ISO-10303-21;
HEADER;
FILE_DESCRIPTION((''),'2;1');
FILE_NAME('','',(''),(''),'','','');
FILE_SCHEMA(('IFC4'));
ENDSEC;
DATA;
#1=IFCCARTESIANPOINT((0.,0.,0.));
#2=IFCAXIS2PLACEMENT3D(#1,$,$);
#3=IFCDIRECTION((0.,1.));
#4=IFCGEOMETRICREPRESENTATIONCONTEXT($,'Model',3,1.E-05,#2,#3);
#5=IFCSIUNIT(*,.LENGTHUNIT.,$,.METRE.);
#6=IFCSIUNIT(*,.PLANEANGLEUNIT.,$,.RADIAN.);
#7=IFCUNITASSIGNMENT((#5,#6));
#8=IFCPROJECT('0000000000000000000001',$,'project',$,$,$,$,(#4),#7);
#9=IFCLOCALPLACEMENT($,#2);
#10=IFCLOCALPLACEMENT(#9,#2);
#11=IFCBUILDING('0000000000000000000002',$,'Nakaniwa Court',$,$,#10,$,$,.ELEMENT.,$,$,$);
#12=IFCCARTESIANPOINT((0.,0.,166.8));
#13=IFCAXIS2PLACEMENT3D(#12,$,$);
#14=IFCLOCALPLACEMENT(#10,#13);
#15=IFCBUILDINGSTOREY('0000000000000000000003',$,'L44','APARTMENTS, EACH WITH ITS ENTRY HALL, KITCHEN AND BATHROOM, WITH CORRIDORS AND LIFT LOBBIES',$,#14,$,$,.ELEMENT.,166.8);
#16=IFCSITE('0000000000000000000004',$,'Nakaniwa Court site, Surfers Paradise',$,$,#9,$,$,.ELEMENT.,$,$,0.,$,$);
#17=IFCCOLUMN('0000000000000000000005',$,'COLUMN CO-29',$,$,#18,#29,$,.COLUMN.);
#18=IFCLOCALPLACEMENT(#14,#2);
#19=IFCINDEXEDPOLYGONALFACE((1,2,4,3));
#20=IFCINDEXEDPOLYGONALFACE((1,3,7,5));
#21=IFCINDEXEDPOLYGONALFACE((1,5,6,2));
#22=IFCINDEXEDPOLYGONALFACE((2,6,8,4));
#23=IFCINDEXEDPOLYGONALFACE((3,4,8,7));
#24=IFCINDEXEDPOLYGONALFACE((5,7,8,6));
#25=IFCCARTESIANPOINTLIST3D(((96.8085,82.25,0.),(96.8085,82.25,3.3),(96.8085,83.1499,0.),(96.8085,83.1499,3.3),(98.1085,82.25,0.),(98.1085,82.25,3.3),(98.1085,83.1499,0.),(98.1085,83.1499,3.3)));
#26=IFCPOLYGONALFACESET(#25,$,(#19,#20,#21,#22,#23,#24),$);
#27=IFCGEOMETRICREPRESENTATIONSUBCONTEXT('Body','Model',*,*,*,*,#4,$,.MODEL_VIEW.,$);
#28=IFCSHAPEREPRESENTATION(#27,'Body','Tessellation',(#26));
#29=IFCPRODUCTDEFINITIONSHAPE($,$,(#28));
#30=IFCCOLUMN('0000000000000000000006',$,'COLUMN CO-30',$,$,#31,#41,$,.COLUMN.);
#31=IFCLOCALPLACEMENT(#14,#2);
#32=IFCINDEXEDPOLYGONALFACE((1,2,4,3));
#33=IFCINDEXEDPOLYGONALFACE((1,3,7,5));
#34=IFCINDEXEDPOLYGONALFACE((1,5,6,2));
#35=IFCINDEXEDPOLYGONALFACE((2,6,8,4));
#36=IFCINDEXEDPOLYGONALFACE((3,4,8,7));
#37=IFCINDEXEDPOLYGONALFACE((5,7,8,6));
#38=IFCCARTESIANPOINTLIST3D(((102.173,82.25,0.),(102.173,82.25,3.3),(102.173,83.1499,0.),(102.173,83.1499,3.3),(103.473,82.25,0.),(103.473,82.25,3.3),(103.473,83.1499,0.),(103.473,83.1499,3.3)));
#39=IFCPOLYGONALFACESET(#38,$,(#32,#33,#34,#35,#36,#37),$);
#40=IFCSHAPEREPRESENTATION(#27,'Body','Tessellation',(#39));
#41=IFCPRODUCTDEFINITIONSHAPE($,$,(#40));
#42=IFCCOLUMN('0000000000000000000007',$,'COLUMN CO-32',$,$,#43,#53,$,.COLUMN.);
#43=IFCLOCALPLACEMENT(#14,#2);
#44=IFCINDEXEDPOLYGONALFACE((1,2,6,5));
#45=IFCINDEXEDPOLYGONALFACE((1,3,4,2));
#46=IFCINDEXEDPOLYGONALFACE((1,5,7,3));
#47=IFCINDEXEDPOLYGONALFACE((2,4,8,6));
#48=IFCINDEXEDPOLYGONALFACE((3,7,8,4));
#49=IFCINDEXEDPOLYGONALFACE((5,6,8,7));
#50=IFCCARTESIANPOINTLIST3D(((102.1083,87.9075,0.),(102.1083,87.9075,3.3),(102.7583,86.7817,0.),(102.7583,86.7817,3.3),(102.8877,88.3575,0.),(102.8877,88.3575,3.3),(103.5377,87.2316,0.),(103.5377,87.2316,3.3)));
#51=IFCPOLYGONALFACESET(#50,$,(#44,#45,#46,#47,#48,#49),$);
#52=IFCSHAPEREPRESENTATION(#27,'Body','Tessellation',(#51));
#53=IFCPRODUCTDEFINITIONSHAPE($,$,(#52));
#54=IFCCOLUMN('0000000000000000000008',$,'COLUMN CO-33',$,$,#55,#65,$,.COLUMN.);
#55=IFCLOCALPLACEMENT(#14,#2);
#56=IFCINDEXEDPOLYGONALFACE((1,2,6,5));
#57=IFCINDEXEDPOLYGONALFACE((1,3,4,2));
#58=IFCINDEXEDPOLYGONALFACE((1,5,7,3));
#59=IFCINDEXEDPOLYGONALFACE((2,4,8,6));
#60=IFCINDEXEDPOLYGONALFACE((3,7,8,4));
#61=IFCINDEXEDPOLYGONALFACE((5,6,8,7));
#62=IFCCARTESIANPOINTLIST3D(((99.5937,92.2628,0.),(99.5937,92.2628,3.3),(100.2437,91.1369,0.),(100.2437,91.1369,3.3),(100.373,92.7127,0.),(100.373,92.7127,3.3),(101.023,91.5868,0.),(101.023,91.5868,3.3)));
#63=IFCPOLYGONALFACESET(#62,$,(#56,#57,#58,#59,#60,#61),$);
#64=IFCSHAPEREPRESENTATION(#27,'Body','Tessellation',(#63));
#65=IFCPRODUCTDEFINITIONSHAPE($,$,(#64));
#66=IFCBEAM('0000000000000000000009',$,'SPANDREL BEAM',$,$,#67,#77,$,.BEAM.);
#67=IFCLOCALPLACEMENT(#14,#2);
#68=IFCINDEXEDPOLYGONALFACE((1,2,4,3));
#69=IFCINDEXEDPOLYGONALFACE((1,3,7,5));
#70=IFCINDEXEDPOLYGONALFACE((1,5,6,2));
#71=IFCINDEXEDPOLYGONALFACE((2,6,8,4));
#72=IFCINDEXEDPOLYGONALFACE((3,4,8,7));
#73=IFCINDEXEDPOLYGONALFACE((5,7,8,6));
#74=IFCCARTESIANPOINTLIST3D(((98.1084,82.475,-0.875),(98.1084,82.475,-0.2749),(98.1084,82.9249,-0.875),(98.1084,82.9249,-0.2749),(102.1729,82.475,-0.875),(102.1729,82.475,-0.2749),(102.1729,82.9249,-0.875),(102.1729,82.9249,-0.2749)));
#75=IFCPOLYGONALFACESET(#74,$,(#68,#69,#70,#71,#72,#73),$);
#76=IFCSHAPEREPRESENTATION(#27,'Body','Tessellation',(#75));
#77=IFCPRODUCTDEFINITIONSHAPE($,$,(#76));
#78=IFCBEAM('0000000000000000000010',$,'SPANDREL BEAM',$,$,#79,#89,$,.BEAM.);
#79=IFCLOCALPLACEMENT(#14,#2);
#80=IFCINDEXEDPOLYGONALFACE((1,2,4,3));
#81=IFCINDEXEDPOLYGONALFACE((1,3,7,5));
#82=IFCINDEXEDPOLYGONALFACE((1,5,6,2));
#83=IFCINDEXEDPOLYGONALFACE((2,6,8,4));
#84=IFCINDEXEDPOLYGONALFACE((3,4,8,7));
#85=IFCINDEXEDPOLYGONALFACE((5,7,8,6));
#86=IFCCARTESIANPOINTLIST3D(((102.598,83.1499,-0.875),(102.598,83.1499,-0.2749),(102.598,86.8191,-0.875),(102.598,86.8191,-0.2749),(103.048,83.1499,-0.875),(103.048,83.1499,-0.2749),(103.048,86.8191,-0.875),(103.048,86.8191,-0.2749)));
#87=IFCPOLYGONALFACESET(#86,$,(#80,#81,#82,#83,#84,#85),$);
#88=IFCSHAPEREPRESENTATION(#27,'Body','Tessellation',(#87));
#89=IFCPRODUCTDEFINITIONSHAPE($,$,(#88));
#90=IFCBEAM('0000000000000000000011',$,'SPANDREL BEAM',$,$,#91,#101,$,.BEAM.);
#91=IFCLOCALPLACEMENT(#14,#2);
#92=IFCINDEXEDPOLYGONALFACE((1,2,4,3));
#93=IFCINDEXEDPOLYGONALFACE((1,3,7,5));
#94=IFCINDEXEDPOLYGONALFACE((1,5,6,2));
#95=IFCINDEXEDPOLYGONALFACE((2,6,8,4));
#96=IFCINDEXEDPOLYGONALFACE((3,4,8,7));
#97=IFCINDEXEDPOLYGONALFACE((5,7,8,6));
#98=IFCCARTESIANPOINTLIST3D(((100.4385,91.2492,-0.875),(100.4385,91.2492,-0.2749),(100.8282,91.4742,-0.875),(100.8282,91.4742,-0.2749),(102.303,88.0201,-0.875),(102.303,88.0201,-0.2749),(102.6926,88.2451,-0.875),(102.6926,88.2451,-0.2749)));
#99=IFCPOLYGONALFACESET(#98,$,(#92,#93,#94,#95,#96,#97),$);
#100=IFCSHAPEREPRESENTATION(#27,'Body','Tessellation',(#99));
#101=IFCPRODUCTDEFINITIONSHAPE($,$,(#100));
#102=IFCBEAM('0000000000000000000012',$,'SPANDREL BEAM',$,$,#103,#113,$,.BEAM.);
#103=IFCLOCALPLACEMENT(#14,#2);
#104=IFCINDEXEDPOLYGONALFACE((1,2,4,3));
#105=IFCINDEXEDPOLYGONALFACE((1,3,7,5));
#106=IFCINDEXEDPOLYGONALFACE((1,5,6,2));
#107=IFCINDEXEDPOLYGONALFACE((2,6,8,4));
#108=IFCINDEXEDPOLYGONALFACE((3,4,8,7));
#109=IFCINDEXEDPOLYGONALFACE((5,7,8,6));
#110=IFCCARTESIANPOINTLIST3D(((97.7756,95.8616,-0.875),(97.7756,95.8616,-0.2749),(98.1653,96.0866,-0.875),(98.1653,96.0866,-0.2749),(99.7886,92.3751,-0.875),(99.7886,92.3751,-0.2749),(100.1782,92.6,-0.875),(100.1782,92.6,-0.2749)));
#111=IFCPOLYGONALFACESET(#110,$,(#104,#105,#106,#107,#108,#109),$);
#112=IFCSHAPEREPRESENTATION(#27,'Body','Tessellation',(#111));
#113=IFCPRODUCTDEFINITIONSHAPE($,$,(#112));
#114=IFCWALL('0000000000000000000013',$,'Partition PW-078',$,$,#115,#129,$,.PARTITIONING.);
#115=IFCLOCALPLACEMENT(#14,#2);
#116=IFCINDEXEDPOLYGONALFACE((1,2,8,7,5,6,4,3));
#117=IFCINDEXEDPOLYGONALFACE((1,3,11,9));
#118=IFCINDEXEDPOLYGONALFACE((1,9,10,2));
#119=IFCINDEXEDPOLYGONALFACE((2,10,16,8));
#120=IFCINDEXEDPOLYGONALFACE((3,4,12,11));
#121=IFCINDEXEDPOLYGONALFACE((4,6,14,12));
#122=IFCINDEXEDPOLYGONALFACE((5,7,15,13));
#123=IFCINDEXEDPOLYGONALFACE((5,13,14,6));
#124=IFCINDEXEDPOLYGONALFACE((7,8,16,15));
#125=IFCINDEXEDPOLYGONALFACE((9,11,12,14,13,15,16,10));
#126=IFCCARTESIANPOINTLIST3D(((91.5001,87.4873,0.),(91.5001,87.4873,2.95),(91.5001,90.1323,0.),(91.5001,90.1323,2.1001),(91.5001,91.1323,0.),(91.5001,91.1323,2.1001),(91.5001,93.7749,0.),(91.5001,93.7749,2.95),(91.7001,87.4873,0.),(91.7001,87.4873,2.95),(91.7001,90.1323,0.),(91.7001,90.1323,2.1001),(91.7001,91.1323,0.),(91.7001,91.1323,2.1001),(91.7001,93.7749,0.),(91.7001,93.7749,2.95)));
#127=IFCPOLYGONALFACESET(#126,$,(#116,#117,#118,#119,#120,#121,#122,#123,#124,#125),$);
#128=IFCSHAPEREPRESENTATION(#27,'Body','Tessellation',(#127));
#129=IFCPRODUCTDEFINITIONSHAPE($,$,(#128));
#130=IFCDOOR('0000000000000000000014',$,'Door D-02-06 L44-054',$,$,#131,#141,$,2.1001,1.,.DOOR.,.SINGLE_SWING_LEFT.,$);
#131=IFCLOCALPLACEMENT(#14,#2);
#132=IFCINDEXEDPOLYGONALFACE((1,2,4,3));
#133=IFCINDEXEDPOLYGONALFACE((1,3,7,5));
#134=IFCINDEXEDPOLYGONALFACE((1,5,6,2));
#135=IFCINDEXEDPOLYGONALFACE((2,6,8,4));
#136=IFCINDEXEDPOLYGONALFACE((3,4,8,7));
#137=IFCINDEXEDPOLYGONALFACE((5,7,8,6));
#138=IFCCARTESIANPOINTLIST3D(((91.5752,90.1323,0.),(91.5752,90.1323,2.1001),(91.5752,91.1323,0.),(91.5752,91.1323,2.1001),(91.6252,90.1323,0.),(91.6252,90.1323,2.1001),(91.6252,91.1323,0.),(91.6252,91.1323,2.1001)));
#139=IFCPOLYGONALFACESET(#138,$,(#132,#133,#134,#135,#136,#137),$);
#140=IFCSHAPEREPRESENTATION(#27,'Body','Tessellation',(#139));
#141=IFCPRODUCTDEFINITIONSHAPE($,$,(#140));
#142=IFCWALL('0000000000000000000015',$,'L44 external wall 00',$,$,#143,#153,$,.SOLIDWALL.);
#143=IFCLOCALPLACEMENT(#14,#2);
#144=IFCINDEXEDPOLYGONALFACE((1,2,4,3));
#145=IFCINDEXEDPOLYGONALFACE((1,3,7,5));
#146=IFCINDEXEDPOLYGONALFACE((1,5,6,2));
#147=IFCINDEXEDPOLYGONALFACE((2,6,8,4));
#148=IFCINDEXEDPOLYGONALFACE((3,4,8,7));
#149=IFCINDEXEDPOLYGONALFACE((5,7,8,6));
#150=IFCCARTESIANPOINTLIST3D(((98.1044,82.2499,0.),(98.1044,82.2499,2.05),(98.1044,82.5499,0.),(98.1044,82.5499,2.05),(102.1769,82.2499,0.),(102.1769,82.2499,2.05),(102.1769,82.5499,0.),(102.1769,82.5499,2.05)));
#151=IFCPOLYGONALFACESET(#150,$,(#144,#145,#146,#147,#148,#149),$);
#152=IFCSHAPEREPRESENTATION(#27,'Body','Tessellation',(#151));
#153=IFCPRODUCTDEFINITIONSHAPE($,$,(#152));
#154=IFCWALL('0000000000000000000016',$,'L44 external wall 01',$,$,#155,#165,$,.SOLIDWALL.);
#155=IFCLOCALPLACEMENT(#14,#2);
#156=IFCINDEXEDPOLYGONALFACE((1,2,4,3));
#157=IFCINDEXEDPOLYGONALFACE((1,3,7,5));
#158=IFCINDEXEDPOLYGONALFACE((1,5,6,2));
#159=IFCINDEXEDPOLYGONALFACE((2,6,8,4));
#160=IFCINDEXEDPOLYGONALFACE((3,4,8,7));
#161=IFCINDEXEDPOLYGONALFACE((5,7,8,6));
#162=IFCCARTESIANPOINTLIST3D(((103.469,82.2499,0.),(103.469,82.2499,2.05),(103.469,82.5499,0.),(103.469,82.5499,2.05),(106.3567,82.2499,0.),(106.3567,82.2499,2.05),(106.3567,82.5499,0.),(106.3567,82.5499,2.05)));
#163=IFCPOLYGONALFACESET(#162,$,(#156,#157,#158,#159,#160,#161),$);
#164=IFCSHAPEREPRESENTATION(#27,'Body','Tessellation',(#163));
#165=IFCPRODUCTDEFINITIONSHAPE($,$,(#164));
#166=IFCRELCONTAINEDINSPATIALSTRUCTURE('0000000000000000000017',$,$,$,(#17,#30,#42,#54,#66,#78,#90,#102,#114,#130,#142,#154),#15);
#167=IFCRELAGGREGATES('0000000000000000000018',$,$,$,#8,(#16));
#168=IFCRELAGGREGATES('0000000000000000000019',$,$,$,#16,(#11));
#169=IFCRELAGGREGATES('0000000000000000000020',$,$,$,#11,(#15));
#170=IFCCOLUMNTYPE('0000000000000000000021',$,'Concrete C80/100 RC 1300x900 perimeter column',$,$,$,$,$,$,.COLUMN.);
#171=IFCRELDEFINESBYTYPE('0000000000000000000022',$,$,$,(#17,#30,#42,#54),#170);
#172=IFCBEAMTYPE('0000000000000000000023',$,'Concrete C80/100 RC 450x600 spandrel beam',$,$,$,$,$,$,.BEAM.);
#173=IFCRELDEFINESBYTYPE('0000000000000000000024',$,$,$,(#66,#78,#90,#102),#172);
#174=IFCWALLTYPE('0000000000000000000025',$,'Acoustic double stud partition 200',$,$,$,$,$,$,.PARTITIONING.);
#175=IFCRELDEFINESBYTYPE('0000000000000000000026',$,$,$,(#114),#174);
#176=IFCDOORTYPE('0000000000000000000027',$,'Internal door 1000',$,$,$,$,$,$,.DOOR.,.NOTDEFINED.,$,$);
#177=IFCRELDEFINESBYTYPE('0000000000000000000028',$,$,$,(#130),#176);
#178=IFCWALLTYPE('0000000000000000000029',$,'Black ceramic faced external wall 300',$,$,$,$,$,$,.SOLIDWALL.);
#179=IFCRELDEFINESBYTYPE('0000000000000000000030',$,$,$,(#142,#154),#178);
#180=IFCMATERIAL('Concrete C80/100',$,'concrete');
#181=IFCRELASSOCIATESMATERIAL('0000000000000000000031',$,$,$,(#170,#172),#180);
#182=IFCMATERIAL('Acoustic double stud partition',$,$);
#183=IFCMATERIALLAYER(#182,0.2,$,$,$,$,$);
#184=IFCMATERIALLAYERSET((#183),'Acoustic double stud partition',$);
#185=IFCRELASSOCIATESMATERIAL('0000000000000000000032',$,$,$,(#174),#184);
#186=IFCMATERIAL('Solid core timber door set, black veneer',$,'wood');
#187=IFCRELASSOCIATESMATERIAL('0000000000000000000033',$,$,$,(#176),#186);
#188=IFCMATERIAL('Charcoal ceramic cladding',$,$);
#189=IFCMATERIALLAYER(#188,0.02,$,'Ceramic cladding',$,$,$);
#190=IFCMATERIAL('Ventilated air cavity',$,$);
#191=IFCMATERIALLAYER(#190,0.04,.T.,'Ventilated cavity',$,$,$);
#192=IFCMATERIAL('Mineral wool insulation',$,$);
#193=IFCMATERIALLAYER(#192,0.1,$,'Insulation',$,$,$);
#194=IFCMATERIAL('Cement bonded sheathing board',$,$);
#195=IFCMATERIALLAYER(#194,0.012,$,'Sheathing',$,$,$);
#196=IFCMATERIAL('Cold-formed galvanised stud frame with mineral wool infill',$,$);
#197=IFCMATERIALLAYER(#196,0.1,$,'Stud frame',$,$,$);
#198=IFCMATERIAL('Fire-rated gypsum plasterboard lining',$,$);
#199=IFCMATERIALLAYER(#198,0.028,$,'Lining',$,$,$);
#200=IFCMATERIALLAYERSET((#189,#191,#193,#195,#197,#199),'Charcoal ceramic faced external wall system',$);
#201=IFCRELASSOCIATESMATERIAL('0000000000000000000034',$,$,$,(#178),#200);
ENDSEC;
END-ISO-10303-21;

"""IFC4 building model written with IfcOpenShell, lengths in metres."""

from ifc_helpers import new_model, si_unit, direction, frame, frame_2d, origin, origin_2d, place, context, subcontext, project, spatial, rectangle, extrude, material, layer, layer_set, material_profile, profile_set, type_object, element, fill, save


model = new_model("IFC4")

# Units and contexts
model_context = context("Model", 3, precision=1e-05, world=origin(), true_north=direction((0.0, 1.0)))
body_context = subcontext(model_context, "Body", "Model", "MODEL_VIEW")
ifc_project = project(units=[si_unit("LENGTHUNIT", "METRE"), si_unit("PLANEANGLEUNIT", "RADIAN")], contexts=[model_context])

# Site, building, storey
site_placement = place(None, origin())
site = spatial("IfcSite", under=ifc_project, at=site_placement, Name="Nakaniwa Court site, Surfers Paradise", CompositionType="ELEMENT", RefElevation=0.0)
building_placement = place(site_placement, origin())
building = spatial("IfcBuilding", under=site, at=building_placement, Name="Nakaniwa Court", CompositionType="ELEMENT")
storey_placement = place(building_placement, frame((0.0, 0.0, 166.8)))
storey = spatial("IfcBuildingStorey", under=building, at=storey_placement, Name="L44", Description="APARTMENTS, EACH WITH ITS ENTRY HALL, KITCHEN AND BATHROOM, WITH CORRIDORS AND LIFT LOBBIES", CompositionType="ELEMENT", Elevation=166.8)

# Columns
ifc_material_1 = material(Name="Concrete C80/100", Category="concrete")
ifc_material_profile_1 = material_profile(ifc_material_1, rectangle(XDim=1.3, YDim=0.8999, at=origin_2d()), Name="Concrete C80/100 RC 1300x900 perimeter column")
ifc_profile_set_1 = profile_set([ifc_material_profile_1], Name="Concrete C80/100")
column_type = type_object("IfcColumnType", Name="Concrete C80/100 RC 1300x900 perimeter column", PredefinedType="COLUMN", material=ifc_profile_set_1)
for number, where, z_axis, x_axis, name in (
    (1, (97.4585, 82.7, 0.0), (0.0, 0.0, 1.0), (1.0, 0.0, 0.0), "COLUMN CO-29"),
    (2, (102.823, 82.7, 0.0), (0.0, 0.0, 1.0), (1.0, 0.0, 0.0), "COLUMN CO-30"),
    (3, (102.823, 87.5696, 0.0), (0.0, 0.0, 1.0), (-0.5, 0.866025, 0.0), "COLUMN CO-32"),
    (4, (100.3083, 91.9248, 0.0), (0.0, 0.0, 1.0), (-0.5, 0.866025, 0.0), "COLUMN CO-33"),
):
    element("IfcColumn", number, at=place(storey_placement, frame(where, z_axis=z_axis, x_axis=x_axis)), inside=storey, type_object=column_type, Name=name, PredefinedType="COLUMN", context=body_context, shape_type="SweptSolid", body=[
        extrude(rectangle(XDim=1.3, YDim=0.8999, at=origin_2d()), origin(), (0.0, 0.0, 1.0), 3.3),
    ])

# Beams
ifc_material_profile_2 = material_profile(ifc_material_1, rectangle(XDim=0.45, YDim=0.6001, at=origin_2d()), Name="Concrete C80/100 RC 450x600 spandrel beam")
ifc_profile_set_2 = profile_set([ifc_material_profile_2], Name="Concrete C80/100")
beam_type = type_object("IfcBeamType", Name="Concrete C80/100 RC 450x600 spandrel beam", PredefinedType="BEAM", material=ifc_profile_set_2)
beam_1_placement = place(storey_placement, frame((98.1084, 82.7, -0.575), z_axis=(1.0, 0.0, 0.0), x_axis=(0.0, 1.0, 0.0)))
element("IfcBeam", 5, at=beam_1_placement, inside=storey, type_object=beam_type, Name="SPANDREL BEAM", PredefinedType="BEAM", context=body_context, shape_type="SweptSolid", body=[
    extrude(rectangle(XDim=0.45, YDim=0.6001, at=origin_2d()), origin(), (0.0, 0.0, 1.0), 4.0645),
])
beam_2_placement = place(storey_placement, frame((102.823, 83.1499, -0.575), z_axis=(0.0, 1.0, 0.0), x_axis=(-1.0, 0.0, 0.0)))
element("IfcBeam", 6, at=beam_2_placement, inside=storey, type_object=beam_type, Name="SPANDREL BEAM", PredefinedType="BEAM", context=body_context, shape_type="SweptSolid", body=[
    extrude(rectangle(XDim=0.45, YDim=0.6001, at=origin_2d()), origin(), (0.0, 0.0, 1.0), 3.6692),
])
beam_3_placement = place(storey_placement, frame((102.4978, 88.1326, -0.575), z_axis=(-0.500019, 0.866014, 0.0), x_axis=(-0.866014, -0.500019, 0.0)))
element("IfcBeam", 7, at=beam_3_placement, inside=storey, type_object=beam_type, Name="SPANDREL BEAM", PredefinedType="BEAM", context=body_context, shape_type="SweptSolid", body=[
    extrude(rectangle(XDim=0.45, YDim=0.6001, at=origin_2d()), origin(), (0.0, 0.0, 1.0), 3.7288),
])
beam_4_placement = place(storey_placement, frame((99.9834, 92.4875, -0.575), z_axis=(-0.499994, 0.866029, 0.0), x_axis=(-0.866029, -0.499994, 0.0)))
element("IfcBeam", 8, at=beam_4_placement, inside=storey, type_object=beam_type, Name="SPANDREL BEAM", PredefinedType="BEAM", context=body_context, shape_type="SweptSolid", body=[
    extrude(rectangle(XDim=0.45, YDim=0.6001, at=origin_2d()), origin(), (0.0, 0.0, 1.0), 4.0259),
])

# Wall, opening, door
ifc_material_2 = material(Name="Acoustic double stud partition")
ifc_layer_1 = layer(ifc_material_2, 0.2)
ifc_layer_set_1 = layer_set([ifc_layer_1], Name="Acoustic double stud partition")
wall_type_1 = type_object("IfcWallType", Name="Acoustic double stud partition 200", PredefinedType="PARTITIONING", material=ifc_layer_set_1)
wall_1_placement = place(storey_placement, frame((91.6001, 87.4873, 0.0), z_axis=(0.0, 0.0, 1.0), x_axis=(0.0, 1.0, 0.0)))
wall_1 = element("IfcWall", 9, at=wall_1_placement, inside=storey, type_object=wall_type_1, Name="Partition PW-078", PredefinedType="PARTITIONING", context=body_context, shape_type="SweptSolid", body=[
    extrude(rectangle(XDim=6.2876, YDim=0.2, at=frame_2d((3.1438, 0.0))), origin(), (0.0, 0.0, 1.0), 2.95),
])
opening_1_placement = place(wall_1_placement, frame((2.645, 0.0, 0.0)))
opening_1 = element("IfcOpeningElement", 10, at=opening_1_placement, cuts=wall_1, PredefinedType="OPENING", context=body_context, shape_type="SweptSolid", body=[
    extrude(rectangle(XDim=1.0, YDim=2.1001, at=frame_2d((0.5, 1.05))), frame((0.0, 0.1099, 0.0), z_axis=(0.0, -1.0, 0.0), x_axis=(1.0, 0.0, 0.0)), (0.0, 0.0, 1.0), 0.22),
])
ifc_material_3 = material(Name="Solid core timber door set, black veneer", Category="wood")
door_type_1 = type_object("IfcDoorType", Name="Internal door 1000", OperationType="NOTDEFINED", PredefinedType="DOOR", material=ifc_material_3)
door_1_placement = place(opening_1_placement, origin())
door_1 = element("IfcDoor", 11, at=door_1_placement, inside=storey, type_object=door_type_1, Name="Door D-02-06 L44-054", OperationType="SINGLE_SWING_LEFT", OverallHeight=2.1001, OverallWidth=1.0, PredefinedType="DOOR", context=body_context, shape_type="SweptSolid", body=[
    extrude(rectangle(XDim=1.0, YDim=2.1001, at=frame_2d((0.5, 1.05))), frame((0.0, 0.0249, 0.0), z_axis=(0.0, -1.0, 0.0), x_axis=(1.0, 0.0, 0.0)), (0.0, 0.0, 1.0), 0.05),
])
fill(opening_1, door_1)

# Walls
ifc_material_4 = material(Name="Charcoal ceramic cladding")
ifc_layer_2 = layer(ifc_material_4, 0.02, Name="Ceramic cladding")
ifc_material_5 = material(Name="Ventilated air cavity")
ifc_layer_3 = layer(ifc_material_5, 0.04, ventilated=True, Name="Ventilated cavity")
ifc_material_6 = material(Name="Mineral wool insulation")
ifc_layer_4 = layer(ifc_material_6, 0.1, Name="Insulation")
ifc_material_7 = material(Name="Cement bonded sheathing board")
ifc_layer_5 = layer(ifc_material_7, 0.012, Name="Sheathing")
ifc_material_8 = material(Name="Cold-formed galvanised stud frame with mineral wool infill")
ifc_layer_6 = layer(ifc_material_8, 0.1, Name="Stud frame")
ifc_material_9 = material(Name="Fire-rated gypsum plasterboard lining")
ifc_layer_7 = layer(ifc_material_9, 0.028, Name="Lining")
ifc_layer_set_2 = layer_set([ifc_layer_2, ifc_layer_3, ifc_layer_4, ifc_layer_5, ifc_layer_6, ifc_layer_7], Name="Charcoal ceramic faced external wall system")
wall_type_2 = type_object("IfcWallType", Name="Black ceramic faced external wall 300", PredefinedType="SOLIDWALL", material=ifc_layer_set_2)
wall_2_placement = place(storey_placement, frame((98.1045, 82.3999, 0.0), z_axis=(0.0, 0.0, 1.0), x_axis=(1.0, 0.0, 0.0)))
element("IfcWall", 12, at=wall_2_placement, inside=storey, type_object=wall_type_2, Name="L44 external wall 00", PredefinedType="SOLIDWALL", context=body_context, shape_type="SweptSolid", body=[
    extrude(rectangle(XDim=4.0725, YDim=0.3, at=frame_2d((2.0361, 0.0))), origin(), (0.0, 0.0, 1.0), 2.05),
])
wall_3_placement = place(storey_placement, frame((103.469, 82.3999, 0.0), z_axis=(0.0, 0.0, 1.0), x_axis=(1.0, 0.0, 0.0)))
element("IfcWall", 13, at=wall_3_placement, inside=storey, type_object=wall_type_2, Name="L44 external wall 01", PredefinedType="SOLIDWALL", context=body_context, shape_type="SweptSolid", body=[
    extrude(rectangle(XDim=2.8877, YDim=0.3, at=frame_2d((1.4438, 0.0))), origin(), (0.0, 0.0, 1.0), 2.05),
])

save(model, "model.ifc")
